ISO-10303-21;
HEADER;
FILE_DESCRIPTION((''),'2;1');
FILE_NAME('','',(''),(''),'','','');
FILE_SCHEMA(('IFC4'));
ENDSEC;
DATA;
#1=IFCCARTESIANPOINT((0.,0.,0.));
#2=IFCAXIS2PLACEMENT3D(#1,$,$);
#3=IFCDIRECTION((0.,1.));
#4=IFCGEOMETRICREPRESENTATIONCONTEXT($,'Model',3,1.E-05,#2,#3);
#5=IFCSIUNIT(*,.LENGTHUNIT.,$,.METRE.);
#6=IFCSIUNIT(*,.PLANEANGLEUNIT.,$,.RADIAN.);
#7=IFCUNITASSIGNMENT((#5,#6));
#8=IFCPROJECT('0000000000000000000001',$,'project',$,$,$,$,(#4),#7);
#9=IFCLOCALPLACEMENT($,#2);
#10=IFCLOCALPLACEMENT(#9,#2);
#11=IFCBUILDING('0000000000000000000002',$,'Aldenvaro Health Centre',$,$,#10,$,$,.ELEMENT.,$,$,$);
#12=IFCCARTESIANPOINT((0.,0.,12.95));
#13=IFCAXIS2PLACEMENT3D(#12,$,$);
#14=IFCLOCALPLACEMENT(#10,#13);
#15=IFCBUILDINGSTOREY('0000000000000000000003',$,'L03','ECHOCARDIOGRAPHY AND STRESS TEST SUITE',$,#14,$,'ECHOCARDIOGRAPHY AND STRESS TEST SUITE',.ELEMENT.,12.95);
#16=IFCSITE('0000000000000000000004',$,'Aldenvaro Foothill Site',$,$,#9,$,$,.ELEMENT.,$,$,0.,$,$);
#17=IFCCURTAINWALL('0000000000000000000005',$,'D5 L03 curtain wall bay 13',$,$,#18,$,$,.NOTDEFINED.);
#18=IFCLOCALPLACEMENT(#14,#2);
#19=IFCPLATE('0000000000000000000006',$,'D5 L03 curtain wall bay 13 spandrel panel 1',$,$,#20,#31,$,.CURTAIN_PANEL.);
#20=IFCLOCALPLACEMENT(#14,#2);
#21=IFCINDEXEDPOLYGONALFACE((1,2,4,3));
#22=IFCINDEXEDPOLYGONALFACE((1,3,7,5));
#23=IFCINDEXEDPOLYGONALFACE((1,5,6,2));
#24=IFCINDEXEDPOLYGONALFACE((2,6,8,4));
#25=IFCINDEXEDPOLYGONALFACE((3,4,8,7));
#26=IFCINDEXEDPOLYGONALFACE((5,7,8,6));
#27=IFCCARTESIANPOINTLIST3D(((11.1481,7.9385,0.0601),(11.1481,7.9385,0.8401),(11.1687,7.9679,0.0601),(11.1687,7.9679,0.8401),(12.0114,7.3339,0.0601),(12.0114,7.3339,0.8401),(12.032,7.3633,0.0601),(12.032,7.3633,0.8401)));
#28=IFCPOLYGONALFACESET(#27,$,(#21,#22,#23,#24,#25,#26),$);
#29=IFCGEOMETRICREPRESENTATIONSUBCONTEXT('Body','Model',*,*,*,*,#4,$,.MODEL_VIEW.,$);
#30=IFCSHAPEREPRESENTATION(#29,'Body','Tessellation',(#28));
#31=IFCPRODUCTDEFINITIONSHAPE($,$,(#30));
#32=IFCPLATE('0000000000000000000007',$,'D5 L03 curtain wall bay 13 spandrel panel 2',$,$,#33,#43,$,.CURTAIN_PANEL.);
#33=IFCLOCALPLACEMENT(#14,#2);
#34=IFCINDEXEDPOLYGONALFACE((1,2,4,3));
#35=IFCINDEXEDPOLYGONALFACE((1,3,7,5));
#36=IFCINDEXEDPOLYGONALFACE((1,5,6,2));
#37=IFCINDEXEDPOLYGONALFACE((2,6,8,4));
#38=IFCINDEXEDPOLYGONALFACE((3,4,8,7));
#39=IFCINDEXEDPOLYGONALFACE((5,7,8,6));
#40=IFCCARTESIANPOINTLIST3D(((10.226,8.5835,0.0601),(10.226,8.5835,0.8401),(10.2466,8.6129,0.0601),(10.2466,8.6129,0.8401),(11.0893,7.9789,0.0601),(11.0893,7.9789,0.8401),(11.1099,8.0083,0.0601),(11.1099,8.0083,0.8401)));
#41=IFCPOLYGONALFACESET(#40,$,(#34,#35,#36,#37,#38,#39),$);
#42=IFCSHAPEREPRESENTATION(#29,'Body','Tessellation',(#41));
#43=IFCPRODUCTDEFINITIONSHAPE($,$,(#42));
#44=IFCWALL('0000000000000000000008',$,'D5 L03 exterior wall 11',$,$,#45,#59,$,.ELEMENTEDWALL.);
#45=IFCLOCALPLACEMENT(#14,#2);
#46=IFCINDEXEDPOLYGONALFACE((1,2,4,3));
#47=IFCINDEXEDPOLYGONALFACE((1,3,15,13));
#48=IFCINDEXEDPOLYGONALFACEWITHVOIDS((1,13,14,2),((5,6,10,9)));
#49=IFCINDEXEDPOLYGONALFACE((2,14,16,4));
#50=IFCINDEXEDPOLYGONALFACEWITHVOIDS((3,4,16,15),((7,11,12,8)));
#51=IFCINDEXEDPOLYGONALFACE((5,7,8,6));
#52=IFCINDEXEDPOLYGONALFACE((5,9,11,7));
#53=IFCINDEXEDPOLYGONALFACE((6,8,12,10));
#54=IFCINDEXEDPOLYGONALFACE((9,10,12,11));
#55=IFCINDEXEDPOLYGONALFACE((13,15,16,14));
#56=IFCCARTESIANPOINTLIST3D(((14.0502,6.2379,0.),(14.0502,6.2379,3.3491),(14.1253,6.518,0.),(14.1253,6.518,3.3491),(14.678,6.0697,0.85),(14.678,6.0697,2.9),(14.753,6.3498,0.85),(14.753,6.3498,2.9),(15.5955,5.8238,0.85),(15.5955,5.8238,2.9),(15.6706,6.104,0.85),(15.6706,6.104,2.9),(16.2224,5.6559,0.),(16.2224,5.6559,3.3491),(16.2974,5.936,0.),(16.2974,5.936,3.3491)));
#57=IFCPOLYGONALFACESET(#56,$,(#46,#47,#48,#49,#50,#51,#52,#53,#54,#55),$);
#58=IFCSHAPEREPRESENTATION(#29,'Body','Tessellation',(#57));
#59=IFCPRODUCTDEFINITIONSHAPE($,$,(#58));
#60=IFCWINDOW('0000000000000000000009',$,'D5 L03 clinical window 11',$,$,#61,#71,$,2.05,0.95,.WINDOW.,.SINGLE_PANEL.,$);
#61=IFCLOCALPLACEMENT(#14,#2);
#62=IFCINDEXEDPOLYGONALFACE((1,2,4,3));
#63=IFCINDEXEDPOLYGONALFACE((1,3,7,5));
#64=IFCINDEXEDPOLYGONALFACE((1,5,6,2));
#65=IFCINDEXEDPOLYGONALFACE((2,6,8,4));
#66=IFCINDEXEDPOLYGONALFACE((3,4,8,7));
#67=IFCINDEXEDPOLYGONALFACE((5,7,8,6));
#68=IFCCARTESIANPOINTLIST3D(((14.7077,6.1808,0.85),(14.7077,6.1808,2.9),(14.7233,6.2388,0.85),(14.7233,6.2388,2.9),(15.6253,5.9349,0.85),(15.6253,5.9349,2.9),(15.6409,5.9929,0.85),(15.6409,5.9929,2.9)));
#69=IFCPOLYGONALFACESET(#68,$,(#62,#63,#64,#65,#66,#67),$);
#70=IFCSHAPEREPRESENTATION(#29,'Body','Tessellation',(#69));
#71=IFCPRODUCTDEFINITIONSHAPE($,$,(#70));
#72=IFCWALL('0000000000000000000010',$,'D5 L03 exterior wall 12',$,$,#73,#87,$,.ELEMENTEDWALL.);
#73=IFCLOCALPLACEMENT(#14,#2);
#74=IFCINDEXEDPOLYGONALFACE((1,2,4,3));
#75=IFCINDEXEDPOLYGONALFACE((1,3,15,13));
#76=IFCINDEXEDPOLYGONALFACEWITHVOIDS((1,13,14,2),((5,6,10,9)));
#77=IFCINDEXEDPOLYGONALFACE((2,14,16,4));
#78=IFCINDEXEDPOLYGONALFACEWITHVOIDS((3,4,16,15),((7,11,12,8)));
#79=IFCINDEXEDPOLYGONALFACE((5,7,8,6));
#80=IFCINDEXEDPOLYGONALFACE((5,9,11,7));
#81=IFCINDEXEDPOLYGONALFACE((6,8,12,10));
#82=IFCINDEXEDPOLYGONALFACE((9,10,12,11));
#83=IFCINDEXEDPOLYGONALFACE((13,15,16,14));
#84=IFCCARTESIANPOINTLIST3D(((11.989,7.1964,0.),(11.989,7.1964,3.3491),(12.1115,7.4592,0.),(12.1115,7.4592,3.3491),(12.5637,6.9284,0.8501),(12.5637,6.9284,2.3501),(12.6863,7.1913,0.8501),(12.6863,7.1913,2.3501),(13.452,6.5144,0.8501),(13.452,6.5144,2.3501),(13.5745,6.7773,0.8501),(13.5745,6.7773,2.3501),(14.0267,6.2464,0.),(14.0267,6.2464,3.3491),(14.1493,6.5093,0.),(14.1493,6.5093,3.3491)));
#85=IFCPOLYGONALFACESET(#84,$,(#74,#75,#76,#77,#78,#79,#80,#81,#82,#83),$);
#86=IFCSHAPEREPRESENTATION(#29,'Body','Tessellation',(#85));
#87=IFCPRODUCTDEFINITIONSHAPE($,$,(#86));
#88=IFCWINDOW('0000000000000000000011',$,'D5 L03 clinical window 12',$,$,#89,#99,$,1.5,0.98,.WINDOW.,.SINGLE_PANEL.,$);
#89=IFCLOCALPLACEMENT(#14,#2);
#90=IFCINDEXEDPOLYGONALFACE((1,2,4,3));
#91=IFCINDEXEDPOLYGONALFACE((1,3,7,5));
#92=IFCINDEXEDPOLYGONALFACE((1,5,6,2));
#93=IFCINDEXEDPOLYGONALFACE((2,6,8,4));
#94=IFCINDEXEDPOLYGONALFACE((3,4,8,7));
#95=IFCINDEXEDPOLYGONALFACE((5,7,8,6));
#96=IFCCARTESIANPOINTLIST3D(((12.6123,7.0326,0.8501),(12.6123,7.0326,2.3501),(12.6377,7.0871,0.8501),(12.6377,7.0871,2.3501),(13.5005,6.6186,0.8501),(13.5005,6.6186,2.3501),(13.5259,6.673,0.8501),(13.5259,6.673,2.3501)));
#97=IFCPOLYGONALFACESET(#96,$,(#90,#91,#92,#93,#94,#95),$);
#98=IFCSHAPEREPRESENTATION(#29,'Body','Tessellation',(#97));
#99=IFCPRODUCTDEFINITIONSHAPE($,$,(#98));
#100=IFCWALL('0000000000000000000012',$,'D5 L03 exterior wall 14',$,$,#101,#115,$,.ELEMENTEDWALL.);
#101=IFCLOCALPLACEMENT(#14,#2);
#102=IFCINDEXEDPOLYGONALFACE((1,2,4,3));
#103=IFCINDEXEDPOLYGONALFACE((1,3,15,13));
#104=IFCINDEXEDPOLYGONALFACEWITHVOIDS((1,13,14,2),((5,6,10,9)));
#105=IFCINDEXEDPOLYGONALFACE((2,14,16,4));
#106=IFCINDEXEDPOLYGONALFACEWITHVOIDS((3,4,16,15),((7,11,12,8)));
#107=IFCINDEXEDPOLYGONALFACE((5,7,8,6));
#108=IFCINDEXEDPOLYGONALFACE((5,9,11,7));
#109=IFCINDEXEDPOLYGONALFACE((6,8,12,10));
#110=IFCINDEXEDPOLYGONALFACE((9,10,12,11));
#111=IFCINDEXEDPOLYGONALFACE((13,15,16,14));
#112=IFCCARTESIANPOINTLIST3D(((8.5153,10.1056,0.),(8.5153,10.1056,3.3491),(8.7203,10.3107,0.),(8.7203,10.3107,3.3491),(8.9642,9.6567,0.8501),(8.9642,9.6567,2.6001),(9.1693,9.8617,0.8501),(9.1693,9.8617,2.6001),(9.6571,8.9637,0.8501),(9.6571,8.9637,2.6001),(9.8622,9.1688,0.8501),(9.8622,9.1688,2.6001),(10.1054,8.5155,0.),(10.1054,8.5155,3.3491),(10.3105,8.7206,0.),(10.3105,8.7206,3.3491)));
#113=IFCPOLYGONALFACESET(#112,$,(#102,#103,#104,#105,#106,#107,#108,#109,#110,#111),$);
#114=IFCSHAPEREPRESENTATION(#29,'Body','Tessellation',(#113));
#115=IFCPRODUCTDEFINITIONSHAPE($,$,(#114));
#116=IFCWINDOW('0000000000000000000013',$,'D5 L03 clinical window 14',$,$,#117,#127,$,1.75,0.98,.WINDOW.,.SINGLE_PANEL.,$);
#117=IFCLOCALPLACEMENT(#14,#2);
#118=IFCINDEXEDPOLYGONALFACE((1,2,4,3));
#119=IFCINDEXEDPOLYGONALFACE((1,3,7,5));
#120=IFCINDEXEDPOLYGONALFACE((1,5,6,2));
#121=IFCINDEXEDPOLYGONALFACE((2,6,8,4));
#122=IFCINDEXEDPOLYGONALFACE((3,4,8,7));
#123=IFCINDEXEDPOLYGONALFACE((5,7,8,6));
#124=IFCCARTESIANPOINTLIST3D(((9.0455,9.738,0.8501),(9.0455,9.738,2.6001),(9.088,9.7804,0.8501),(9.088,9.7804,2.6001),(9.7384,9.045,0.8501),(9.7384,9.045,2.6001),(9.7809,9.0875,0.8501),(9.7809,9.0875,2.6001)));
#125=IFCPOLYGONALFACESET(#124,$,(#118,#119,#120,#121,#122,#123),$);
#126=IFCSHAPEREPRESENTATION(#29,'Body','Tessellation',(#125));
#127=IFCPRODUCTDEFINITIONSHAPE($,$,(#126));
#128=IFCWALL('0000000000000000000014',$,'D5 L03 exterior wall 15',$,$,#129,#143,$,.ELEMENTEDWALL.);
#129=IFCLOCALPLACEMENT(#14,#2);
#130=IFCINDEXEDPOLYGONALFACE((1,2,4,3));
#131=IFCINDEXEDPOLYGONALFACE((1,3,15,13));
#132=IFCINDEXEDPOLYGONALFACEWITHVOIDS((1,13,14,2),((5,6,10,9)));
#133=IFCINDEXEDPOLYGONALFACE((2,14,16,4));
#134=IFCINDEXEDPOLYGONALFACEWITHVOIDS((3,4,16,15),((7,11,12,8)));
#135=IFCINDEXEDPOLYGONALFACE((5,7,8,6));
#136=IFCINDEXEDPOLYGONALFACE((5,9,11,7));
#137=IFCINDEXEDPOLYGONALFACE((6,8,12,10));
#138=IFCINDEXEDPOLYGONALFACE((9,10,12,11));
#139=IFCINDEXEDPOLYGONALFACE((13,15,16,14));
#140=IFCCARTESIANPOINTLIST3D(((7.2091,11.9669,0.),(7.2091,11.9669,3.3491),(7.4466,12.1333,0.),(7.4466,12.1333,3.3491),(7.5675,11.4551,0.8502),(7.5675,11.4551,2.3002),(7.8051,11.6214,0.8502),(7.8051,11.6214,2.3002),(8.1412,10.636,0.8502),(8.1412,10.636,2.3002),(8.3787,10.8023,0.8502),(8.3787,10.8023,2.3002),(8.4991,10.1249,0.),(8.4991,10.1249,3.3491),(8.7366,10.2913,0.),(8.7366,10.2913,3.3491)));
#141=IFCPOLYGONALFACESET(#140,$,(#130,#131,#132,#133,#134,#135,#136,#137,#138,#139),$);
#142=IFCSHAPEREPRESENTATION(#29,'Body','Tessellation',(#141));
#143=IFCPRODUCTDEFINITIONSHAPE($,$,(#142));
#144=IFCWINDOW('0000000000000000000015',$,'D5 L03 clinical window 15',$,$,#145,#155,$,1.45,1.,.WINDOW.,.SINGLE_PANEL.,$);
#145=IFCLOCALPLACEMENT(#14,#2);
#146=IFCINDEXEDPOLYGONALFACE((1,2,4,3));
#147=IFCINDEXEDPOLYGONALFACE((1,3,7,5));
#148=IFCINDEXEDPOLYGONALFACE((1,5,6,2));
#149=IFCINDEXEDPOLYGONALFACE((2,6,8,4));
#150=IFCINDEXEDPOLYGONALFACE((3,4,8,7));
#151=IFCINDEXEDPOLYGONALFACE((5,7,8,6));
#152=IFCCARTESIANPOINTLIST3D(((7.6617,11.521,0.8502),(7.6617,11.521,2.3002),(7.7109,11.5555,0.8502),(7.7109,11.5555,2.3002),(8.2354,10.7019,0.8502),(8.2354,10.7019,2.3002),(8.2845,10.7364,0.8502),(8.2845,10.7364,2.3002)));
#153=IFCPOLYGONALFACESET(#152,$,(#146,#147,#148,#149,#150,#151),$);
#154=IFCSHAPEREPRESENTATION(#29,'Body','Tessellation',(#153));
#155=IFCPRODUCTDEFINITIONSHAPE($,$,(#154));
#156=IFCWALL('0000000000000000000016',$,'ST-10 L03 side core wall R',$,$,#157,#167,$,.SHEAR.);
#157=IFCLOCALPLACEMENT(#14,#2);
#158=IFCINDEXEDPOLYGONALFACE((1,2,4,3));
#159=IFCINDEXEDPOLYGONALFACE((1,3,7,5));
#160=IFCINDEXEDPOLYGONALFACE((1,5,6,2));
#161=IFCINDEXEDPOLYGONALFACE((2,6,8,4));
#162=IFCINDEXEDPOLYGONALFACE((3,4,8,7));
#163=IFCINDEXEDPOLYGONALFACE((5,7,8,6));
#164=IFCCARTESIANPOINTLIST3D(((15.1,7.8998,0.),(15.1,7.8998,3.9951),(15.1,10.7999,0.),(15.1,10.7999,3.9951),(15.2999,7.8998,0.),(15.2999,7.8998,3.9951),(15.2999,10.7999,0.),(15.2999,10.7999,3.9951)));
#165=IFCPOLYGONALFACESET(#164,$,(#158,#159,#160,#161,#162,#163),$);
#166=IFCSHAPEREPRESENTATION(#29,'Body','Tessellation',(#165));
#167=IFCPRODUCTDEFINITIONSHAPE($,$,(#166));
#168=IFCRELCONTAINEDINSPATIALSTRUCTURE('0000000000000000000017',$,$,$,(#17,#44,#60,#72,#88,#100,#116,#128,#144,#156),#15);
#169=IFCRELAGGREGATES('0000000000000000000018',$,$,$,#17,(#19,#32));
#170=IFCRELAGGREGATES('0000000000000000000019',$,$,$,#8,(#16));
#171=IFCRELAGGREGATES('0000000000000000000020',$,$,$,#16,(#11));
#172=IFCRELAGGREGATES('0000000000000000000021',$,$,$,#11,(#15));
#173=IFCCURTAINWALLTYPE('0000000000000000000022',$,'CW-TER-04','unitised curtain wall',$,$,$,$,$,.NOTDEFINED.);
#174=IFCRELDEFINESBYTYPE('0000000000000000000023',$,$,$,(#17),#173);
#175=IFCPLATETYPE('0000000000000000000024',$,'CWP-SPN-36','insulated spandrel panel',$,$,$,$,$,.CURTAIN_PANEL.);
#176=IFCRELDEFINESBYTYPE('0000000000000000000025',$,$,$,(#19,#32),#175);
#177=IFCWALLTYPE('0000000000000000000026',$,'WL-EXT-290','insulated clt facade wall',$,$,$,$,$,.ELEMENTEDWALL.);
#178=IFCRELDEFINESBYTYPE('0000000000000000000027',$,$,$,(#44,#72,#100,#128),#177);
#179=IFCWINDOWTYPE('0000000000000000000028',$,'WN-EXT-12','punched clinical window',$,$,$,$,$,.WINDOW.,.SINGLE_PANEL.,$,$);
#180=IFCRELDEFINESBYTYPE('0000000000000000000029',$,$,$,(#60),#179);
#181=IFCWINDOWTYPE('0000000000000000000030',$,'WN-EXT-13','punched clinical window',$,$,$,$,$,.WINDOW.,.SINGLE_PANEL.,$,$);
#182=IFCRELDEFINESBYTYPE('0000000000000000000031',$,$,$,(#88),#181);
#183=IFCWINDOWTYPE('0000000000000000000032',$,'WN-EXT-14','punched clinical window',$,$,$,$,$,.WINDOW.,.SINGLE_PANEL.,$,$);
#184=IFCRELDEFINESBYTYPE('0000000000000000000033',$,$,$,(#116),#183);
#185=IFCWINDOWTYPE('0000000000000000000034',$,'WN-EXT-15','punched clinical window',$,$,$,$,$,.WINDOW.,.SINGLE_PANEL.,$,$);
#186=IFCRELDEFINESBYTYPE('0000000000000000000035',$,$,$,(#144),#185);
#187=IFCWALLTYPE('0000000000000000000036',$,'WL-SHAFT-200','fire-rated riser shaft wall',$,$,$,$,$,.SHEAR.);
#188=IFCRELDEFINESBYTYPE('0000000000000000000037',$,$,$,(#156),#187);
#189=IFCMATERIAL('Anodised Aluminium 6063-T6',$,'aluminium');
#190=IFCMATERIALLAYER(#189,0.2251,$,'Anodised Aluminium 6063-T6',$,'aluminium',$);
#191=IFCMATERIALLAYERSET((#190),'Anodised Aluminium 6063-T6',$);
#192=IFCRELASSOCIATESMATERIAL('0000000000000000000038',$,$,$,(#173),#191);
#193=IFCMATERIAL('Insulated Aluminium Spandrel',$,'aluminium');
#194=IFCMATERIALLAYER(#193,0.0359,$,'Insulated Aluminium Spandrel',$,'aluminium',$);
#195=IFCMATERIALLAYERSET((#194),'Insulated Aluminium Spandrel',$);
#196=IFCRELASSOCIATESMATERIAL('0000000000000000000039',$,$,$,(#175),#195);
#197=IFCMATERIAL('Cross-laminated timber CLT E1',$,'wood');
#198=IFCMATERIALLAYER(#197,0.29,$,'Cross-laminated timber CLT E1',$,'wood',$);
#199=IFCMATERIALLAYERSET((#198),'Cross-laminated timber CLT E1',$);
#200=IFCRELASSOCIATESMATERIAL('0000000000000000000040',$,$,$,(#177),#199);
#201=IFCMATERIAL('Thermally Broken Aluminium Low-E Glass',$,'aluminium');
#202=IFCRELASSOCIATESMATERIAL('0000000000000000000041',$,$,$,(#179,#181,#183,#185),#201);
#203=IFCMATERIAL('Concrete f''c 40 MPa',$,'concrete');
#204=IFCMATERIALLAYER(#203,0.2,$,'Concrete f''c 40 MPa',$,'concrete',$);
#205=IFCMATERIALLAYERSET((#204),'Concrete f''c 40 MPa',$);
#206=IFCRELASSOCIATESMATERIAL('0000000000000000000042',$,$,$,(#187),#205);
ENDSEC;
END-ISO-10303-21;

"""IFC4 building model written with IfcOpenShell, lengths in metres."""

from ifc_helpers import new_model, si_unit, direction, frame, frame_2d, origin, origin_2d, place, context, subcontext, project, spatial, rectangle, extrude, material, layer, layer_set, type_object, element, fill, aggregate, save


model = new_model("IFC4")

# Units and contexts
model_context = context("Model", 3, precision=1e-05, world=origin(), true_north=direction((0.0, 1.0)))
body_context = subcontext(model_context, "Body", "Model", "MODEL_VIEW")
ifc_project = project(units=[si_unit("LENGTHUNIT", "METRE"), si_unit("PLANEANGLEUNIT", "RADIAN")], contexts=[model_context])

# Site, building, storey
site_placement = place(None, origin())
site = spatial("IfcSite", under=ifc_project, at=site_placement, Name="Aldenvaro Foothill Site", CompositionType="ELEMENT", RefElevation=0.0)
building_placement = place(site_placement, origin())
building = spatial("IfcBuilding", under=site, at=building_placement, Name="Aldenvaro Health Centre", CompositionType="ELEMENT")
storey_placement = place(building_placement, frame((0.0, 0.0, 12.95)))
storey = spatial("IfcBuildingStorey", under=building, at=storey_placement, Name="L03", Description="ECHOCARDIOGRAPHY AND STRESS TEST SUITE", LongName="ECHOCARDIOGRAPHY AND STRESS TEST SUITE", CompositionType="ELEMENT", Elevation=12.95)

# Curtain wall, plates
ifc_material_1 = material(Name="Anodised Aluminium 6063-T6", Category="aluminium")
ifc_layer_1 = layer(ifc_material_1, 0.2251, Name="Anodised Aluminium 6063-T6", Category="aluminium")
ifc_layer_set_1 = layer_set([ifc_layer_1], Name="Anodised Aluminium 6063-T6")
curtain_wall_type = type_object("IfcCurtainWallType", Name="CW-TER-04", Description="unitised curtain wall", PredefinedType="NOTDEFINED", material=ifc_layer_set_1)
curtain_wall_placement = place(storey_placement, origin())
curtain_wall = element("IfcCurtainWall", 1, at=curtain_wall_placement, inside=storey, type_object=curtain_wall_type, Name="D5 L03 curtain wall bay 13", PredefinedType="NOTDEFINED")
ifc_material_2 = material(Name="Insulated Aluminium Spandrel", Category="aluminium")
ifc_layer_2 = layer(ifc_material_2, 0.0359, Name="Insulated Aluminium Spandrel", Category="aluminium")
ifc_layer_set_2 = layer_set([ifc_layer_2], Name="Insulated Aluminium Spandrel")
plate_type_1 = type_object("IfcPlateType", Name="CWP-SPN-36", Description="insulated spandrel panel", PredefinedType="CURTAIN_PANEL", material=ifc_layer_set_2)
plate_1_placement = place(storey_placement, frame((11.5901, 7.6509, 0.0601), z_axis=(0.0, 0.0, 1.0), x_axis=(-0.819107, 0.573641, 0.0)))
plate_1 = element("IfcPlate", 2, at=plate_1_placement, type_object=plate_type_1, Name="D5 L03 curtain wall bay 13 spandrel panel 1", PredefinedType="CURTAIN_PANEL", context=body_context, shape_type="SweptSolid", body=[
    extrude(rectangle(XDim=1.054, YDim=0.0359, at=origin_2d()), origin(), (0.0, 0.0, 1.0), 0.78),
])
plate_2_placement = place(storey_placement, frame((10.668, 8.2959, 0.0601), z_axis=(0.0, 0.0, 1.0), x_axis=(-0.819107, 0.573641, 0.0)))
plate_2 = element("IfcPlate", 3, at=plate_2_placement, type_object=plate_type_1, Name="D5 L03 curtain wall bay 13 spandrel panel 2", PredefinedType="CURTAIN_PANEL", context=body_context, shape_type="SweptSolid", body=[
    extrude(rectangle(XDim=1.054, YDim=0.0359, at=origin_2d()), origin(), (0.0, 0.0, 1.0), 0.78),
])
aggregate(curtain_wall, [plate_1, plate_2])

# Walls, openings, windows
ifc_material_3 = material(Name="Cross-laminated timber CLT E1", Category="wood")
ifc_layer_3 = layer(ifc_material_3, 0.29, Name="Cross-laminated timber CLT E1", Category="wood")
ifc_layer_set_3 = layer_set([ifc_layer_3], Name="Cross-laminated timber CLT E1")
wall_type_1 = type_object("IfcWallType", Name="WL-EXT-290", Description="insulated clt facade wall", PredefinedType="ELEMENTEDWALL", material=ifc_layer_set_3)
wall_1_placement = place(storey_placement, frame((16.26, 5.7959, 0.0), z_axis=(0.0, 0.0, 1.0), x_axis=(-0.965924, 0.258825, 0.0)))
wall_1 = element("IfcWall", 4, at=wall_1_placement, inside=storey, type_object=wall_type_1, Name="D5 L03 exterior wall 11", PredefinedType="ELEMENTEDWALL", context=body_context, shape_type="SweptSolid", body=[
    extrude(rectangle(XDim=2.2488, YDim=0.29, at=frame_2d((1.1245, 0.0))), origin(), (0.0, 0.0, 1.0), 3.3491),
])
opening_1_placement = place(wall_1_placement, frame((0.6489, 0.0, 0.8501)))
opening_1 = element("IfcOpeningElement", 5, at=opening_1_placement, cuts=wall_1, PredefinedType="OPENING", context=body_context, shape_type="SweptSolid", body=[
    extrude(rectangle(XDim=0.95, YDim=2.05, at=frame_2d((0.4751, 1.0249))), frame((0.0, 0.155, 0.0), z_axis=(0.0, -1.0, 0.0), x_axis=(1.0, 0.0, 0.0)), (0.0, 0.0, 1.0), 0.3101),
])
ifc_material_4 = material(Name="Thermally Broken Aluminium Low-E Glass", Category="aluminium")
window_type_1 = type_object("IfcWindowType", Name="WN-EXT-12", Description="punched clinical window", PartitioningType="SINGLE_PANEL", PredefinedType="WINDOW", material=ifc_material_4)
window_1_placement = place(opening_1_placement, origin())
window_1 = element("IfcWindow", 6, at=window_1_placement, inside=storey, type_object=window_type_1, Name="D5 L03 clinical window 11", OverallHeight=2.05, OverallWidth=0.95, PartitioningType="SINGLE_PANEL", PredefinedType="WINDOW", context=body_context, shape_type="SweptSolid", body=[
    extrude(rectangle(XDim=0.95, YDim=2.05, at=frame_2d((0.4751, 1.0249))), frame((0.0, 0.03, 0.0), z_axis=(0.0, -1.0, 0.0), x_axis=(1.0, 0.0, 0.0)), (0.0, 0.0, 1.0), 0.0601),
])
fill(opening_1, window_1)
wall_2_placement = place(storey_placement, frame((14.0879, 6.3779, 0.0), z_axis=(0.0, 0.0, 1.0), x_axis=(-0.906361, 0.422505, 0.0)))
wall_2 = element("IfcWall", 7, at=wall_2_placement, inside=storey, type_object=wall_type_1, Name="D5 L03 exterior wall 12", PredefinedType="ELEMENTEDWALL", context=body_context, shape_type="SweptSolid", body=[
    extrude(rectangle(XDim=2.2483, YDim=0.29, at=frame_2d((1.124, 0.0))), origin(), (0.0, 0.0, 1.0), 3.3491),
])
opening_2_placement = place(wall_2_placement, frame((0.634, 0.0, 0.8501)))
opening_2 = element("IfcOpeningElement", 8, at=opening_2_placement, cuts=wall_2, PredefinedType="OPENING", context=body_context, shape_type="SweptSolid", body=[
    extrude(rectangle(XDim=0.98, YDim=1.5, at=frame_2d((0.49, 0.75))), frame((0.0, 0.155, 0.0), z_axis=(0.0, -1.0, 0.0), x_axis=(1.0, 0.0, 0.0)), (0.0, 0.0, 1.0), 0.3101),
])
window_type_2 = type_object("IfcWindowType", Name="WN-EXT-13", Description="punched clinical window", PartitioningType="SINGLE_PANEL", PredefinedType="WINDOW", material=ifc_material_4)
window_2_placement = place(opening_2_placement, origin())
window_2 = element("IfcWindow", 9, at=window_2_placement, inside=storey, type_object=window_type_2, Name="D5 L03 clinical window 12", OverallHeight=1.5, OverallWidth=0.98, PartitioningType="SINGLE_PANEL", PredefinedType="WINDOW", context=body_context, shape_type="SweptSolid", body=[
    extrude(rectangle(XDim=0.98, YDim=1.5, at=frame_2d((0.49, 0.75))), frame((0.0, 0.03, 0.0), z_axis=(0.0, -1.0, 0.0), x_axis=(1.0, 0.0, 0.0)), (0.0, 0.0, 1.0), 0.0601),
])
fill(opening_2, window_2)
wall_3_placement = place(storey_placement, frame((10.208, 8.6179, 0.0), z_axis=(0.0, 0.0, 1.0), x_axis=(-0.707107, 0.707107, 0.0)))
wall_3 = element("IfcWall", 10, at=wall_3_placement, inside=storey, type_object=wall_type_1, Name="D5 L03 exterior wall 14", PredefinedType="ELEMENTEDWALL", context=body_context, shape_type="SweptSolid", body=[
    extrude(rectangle(XDim=2.2488, YDim=0.29, at=frame_2d((1.1245, 0.0))), origin(), (0.0, 0.0, 1.0), 3.3491),
])
opening_3_placement = place(wall_3_placement, frame((0.634, 0.0, 0.8501)))
opening_3 = element("IfcOpeningElement", 11, at=opening_3_placement, cuts=wall_3, PredefinedType="OPENING", context=body_context, shape_type="SweptSolid", body=[
    extrude(rectangle(XDim=0.98, YDim=1.75, at=frame_2d((0.49, 0.875))), frame((0.0, 0.155, 0.0), z_axis=(0.0, -1.0, 0.0), x_axis=(1.0, 0.0, 0.0)), (0.0, 0.0, 1.0), 0.3101),
])
window_type_3 = type_object("IfcWindowType", Name="WN-EXT-14", Description="punched clinical window", PartitioningType="SINGLE_PANEL", PredefinedType="WINDOW", material=ifc_material_4)
window_3_placement = place(opening_3_placement, origin())
window_3 = element("IfcWindow", 12, at=window_3_placement, inside=storey, type_object=window_type_3, Name="D5 L03 clinical window 14", OverallHeight=1.75, OverallWidth=0.98, PartitioningType="SINGLE_PANEL", PredefinedType="WINDOW", context=body_context, shape_type="SweptSolid", body=[
    extrude(rectangle(XDim=0.98, YDim=1.75, at=frame_2d((0.49, 0.875))), frame((0.0, 0.03, 0.0), z_axis=(0.0, -1.0, 0.0), x_axis=(1.0, 0.0, 0.0)), (0.0, 0.0, 1.0), 0.0601),
])
fill(opening_3, window_3)
wall_4_placement = place(storey_placement, frame((8.6179, 10.208, 0.0), z_axis=(0.0, 0.0, 1.0), x_axis=(-0.573644, 0.819104, 0.0)))
wall_4 = element("IfcWall", 13, at=wall_4_placement, inside=storey, type_object=wall_type_1, Name="D5 L03 exterior wall 15", PredefinedType="ELEMENTEDWALL", context=body_context, shape_type="SweptSolid", body=[
    extrude(rectangle(XDim=2.2488, YDim=0.29, at=frame_2d((1.1245, 0.0))), origin(), (0.0, 0.0, 1.0), 3.3491),
])
opening_4_placement = place(wall_4_placement, frame((0.624, 0.0, 0.8501)))
opening_4 = element("IfcOpeningElement", 14, at=opening_4_placement, cuts=wall_4, PredefinedType="OPENING", context=body_context, shape_type="SweptSolid", body=[
    extrude(rectangle(XDim=1.0, YDim=1.45, at=frame_2d((0.5, 0.7251))), frame((0.0, 0.155, 0.0), z_axis=(0.0, -1.0, 0.0), x_axis=(1.0, 0.0, 0.0)), (0.0, 0.0, 1.0), 0.3101),
])
window_type_4 = type_object("IfcWindowType", Name="WN-EXT-15", Description="punched clinical window", PartitioningType="SINGLE_PANEL", PredefinedType="WINDOW", material=ifc_material_4)
window_4_placement = place(opening_4_placement, origin())
window_4 = element("IfcWindow", 15, at=window_4_placement, inside=storey, type_object=window_type_4, Name="D5 L03 clinical window 15", OverallHeight=1.45, OverallWidth=1.0, PartitioningType="SINGLE_PANEL", PredefinedType="WINDOW", context=body_context, shape_type="SweptSolid", body=[
    extrude(rectangle(XDim=1.0, YDim=1.45, at=frame_2d((0.5, 0.7251))), frame((0.0, 0.03, 0.0), z_axis=(0.0, -1.0, 0.0), x_axis=(1.0, 0.0, 0.0)), (0.0, 0.0, 1.0), 0.0601),
])
fill(opening_4, window_4)

# Wall
ifc_material_5 = material(Name="Concrete f'c 40 MPa", Category="concrete")
ifc_layer_4 = layer(ifc_material_5, 0.2, Name="Concrete f'c 40 MPa", Category="concrete")
ifc_layer_set_4 = layer_set([ifc_layer_4], Name="Concrete f'c 40 MPa")
wall_type_2 = type_object("IfcWallType", Name="WL-SHAFT-200", Description="fire-rated riser shaft wall", PredefinedType="SHEAR", material=ifc_layer_set_4)
wall_5_placement = place(storey_placement, frame((15.2, 10.8, 0.0), z_axis=(0.0, 0.0, 1.0), x_axis=(0.0, -1.0, 0.0)))
element("IfcWall", 16, at=wall_5_placement, inside=storey, type_object=wall_type_2, Name="ST-10 L03 side core wall R", PredefinedType="SHEAR", context=body_context, shape_type="SweptSolid", body=[
    extrude(rectangle(XDim=2.9001, YDim=0.2, at=frame_2d((1.4502, 0.0))), origin(), (0.0, 0.0, 1.0), 3.9951),
])

save(model, "model.ifc")
